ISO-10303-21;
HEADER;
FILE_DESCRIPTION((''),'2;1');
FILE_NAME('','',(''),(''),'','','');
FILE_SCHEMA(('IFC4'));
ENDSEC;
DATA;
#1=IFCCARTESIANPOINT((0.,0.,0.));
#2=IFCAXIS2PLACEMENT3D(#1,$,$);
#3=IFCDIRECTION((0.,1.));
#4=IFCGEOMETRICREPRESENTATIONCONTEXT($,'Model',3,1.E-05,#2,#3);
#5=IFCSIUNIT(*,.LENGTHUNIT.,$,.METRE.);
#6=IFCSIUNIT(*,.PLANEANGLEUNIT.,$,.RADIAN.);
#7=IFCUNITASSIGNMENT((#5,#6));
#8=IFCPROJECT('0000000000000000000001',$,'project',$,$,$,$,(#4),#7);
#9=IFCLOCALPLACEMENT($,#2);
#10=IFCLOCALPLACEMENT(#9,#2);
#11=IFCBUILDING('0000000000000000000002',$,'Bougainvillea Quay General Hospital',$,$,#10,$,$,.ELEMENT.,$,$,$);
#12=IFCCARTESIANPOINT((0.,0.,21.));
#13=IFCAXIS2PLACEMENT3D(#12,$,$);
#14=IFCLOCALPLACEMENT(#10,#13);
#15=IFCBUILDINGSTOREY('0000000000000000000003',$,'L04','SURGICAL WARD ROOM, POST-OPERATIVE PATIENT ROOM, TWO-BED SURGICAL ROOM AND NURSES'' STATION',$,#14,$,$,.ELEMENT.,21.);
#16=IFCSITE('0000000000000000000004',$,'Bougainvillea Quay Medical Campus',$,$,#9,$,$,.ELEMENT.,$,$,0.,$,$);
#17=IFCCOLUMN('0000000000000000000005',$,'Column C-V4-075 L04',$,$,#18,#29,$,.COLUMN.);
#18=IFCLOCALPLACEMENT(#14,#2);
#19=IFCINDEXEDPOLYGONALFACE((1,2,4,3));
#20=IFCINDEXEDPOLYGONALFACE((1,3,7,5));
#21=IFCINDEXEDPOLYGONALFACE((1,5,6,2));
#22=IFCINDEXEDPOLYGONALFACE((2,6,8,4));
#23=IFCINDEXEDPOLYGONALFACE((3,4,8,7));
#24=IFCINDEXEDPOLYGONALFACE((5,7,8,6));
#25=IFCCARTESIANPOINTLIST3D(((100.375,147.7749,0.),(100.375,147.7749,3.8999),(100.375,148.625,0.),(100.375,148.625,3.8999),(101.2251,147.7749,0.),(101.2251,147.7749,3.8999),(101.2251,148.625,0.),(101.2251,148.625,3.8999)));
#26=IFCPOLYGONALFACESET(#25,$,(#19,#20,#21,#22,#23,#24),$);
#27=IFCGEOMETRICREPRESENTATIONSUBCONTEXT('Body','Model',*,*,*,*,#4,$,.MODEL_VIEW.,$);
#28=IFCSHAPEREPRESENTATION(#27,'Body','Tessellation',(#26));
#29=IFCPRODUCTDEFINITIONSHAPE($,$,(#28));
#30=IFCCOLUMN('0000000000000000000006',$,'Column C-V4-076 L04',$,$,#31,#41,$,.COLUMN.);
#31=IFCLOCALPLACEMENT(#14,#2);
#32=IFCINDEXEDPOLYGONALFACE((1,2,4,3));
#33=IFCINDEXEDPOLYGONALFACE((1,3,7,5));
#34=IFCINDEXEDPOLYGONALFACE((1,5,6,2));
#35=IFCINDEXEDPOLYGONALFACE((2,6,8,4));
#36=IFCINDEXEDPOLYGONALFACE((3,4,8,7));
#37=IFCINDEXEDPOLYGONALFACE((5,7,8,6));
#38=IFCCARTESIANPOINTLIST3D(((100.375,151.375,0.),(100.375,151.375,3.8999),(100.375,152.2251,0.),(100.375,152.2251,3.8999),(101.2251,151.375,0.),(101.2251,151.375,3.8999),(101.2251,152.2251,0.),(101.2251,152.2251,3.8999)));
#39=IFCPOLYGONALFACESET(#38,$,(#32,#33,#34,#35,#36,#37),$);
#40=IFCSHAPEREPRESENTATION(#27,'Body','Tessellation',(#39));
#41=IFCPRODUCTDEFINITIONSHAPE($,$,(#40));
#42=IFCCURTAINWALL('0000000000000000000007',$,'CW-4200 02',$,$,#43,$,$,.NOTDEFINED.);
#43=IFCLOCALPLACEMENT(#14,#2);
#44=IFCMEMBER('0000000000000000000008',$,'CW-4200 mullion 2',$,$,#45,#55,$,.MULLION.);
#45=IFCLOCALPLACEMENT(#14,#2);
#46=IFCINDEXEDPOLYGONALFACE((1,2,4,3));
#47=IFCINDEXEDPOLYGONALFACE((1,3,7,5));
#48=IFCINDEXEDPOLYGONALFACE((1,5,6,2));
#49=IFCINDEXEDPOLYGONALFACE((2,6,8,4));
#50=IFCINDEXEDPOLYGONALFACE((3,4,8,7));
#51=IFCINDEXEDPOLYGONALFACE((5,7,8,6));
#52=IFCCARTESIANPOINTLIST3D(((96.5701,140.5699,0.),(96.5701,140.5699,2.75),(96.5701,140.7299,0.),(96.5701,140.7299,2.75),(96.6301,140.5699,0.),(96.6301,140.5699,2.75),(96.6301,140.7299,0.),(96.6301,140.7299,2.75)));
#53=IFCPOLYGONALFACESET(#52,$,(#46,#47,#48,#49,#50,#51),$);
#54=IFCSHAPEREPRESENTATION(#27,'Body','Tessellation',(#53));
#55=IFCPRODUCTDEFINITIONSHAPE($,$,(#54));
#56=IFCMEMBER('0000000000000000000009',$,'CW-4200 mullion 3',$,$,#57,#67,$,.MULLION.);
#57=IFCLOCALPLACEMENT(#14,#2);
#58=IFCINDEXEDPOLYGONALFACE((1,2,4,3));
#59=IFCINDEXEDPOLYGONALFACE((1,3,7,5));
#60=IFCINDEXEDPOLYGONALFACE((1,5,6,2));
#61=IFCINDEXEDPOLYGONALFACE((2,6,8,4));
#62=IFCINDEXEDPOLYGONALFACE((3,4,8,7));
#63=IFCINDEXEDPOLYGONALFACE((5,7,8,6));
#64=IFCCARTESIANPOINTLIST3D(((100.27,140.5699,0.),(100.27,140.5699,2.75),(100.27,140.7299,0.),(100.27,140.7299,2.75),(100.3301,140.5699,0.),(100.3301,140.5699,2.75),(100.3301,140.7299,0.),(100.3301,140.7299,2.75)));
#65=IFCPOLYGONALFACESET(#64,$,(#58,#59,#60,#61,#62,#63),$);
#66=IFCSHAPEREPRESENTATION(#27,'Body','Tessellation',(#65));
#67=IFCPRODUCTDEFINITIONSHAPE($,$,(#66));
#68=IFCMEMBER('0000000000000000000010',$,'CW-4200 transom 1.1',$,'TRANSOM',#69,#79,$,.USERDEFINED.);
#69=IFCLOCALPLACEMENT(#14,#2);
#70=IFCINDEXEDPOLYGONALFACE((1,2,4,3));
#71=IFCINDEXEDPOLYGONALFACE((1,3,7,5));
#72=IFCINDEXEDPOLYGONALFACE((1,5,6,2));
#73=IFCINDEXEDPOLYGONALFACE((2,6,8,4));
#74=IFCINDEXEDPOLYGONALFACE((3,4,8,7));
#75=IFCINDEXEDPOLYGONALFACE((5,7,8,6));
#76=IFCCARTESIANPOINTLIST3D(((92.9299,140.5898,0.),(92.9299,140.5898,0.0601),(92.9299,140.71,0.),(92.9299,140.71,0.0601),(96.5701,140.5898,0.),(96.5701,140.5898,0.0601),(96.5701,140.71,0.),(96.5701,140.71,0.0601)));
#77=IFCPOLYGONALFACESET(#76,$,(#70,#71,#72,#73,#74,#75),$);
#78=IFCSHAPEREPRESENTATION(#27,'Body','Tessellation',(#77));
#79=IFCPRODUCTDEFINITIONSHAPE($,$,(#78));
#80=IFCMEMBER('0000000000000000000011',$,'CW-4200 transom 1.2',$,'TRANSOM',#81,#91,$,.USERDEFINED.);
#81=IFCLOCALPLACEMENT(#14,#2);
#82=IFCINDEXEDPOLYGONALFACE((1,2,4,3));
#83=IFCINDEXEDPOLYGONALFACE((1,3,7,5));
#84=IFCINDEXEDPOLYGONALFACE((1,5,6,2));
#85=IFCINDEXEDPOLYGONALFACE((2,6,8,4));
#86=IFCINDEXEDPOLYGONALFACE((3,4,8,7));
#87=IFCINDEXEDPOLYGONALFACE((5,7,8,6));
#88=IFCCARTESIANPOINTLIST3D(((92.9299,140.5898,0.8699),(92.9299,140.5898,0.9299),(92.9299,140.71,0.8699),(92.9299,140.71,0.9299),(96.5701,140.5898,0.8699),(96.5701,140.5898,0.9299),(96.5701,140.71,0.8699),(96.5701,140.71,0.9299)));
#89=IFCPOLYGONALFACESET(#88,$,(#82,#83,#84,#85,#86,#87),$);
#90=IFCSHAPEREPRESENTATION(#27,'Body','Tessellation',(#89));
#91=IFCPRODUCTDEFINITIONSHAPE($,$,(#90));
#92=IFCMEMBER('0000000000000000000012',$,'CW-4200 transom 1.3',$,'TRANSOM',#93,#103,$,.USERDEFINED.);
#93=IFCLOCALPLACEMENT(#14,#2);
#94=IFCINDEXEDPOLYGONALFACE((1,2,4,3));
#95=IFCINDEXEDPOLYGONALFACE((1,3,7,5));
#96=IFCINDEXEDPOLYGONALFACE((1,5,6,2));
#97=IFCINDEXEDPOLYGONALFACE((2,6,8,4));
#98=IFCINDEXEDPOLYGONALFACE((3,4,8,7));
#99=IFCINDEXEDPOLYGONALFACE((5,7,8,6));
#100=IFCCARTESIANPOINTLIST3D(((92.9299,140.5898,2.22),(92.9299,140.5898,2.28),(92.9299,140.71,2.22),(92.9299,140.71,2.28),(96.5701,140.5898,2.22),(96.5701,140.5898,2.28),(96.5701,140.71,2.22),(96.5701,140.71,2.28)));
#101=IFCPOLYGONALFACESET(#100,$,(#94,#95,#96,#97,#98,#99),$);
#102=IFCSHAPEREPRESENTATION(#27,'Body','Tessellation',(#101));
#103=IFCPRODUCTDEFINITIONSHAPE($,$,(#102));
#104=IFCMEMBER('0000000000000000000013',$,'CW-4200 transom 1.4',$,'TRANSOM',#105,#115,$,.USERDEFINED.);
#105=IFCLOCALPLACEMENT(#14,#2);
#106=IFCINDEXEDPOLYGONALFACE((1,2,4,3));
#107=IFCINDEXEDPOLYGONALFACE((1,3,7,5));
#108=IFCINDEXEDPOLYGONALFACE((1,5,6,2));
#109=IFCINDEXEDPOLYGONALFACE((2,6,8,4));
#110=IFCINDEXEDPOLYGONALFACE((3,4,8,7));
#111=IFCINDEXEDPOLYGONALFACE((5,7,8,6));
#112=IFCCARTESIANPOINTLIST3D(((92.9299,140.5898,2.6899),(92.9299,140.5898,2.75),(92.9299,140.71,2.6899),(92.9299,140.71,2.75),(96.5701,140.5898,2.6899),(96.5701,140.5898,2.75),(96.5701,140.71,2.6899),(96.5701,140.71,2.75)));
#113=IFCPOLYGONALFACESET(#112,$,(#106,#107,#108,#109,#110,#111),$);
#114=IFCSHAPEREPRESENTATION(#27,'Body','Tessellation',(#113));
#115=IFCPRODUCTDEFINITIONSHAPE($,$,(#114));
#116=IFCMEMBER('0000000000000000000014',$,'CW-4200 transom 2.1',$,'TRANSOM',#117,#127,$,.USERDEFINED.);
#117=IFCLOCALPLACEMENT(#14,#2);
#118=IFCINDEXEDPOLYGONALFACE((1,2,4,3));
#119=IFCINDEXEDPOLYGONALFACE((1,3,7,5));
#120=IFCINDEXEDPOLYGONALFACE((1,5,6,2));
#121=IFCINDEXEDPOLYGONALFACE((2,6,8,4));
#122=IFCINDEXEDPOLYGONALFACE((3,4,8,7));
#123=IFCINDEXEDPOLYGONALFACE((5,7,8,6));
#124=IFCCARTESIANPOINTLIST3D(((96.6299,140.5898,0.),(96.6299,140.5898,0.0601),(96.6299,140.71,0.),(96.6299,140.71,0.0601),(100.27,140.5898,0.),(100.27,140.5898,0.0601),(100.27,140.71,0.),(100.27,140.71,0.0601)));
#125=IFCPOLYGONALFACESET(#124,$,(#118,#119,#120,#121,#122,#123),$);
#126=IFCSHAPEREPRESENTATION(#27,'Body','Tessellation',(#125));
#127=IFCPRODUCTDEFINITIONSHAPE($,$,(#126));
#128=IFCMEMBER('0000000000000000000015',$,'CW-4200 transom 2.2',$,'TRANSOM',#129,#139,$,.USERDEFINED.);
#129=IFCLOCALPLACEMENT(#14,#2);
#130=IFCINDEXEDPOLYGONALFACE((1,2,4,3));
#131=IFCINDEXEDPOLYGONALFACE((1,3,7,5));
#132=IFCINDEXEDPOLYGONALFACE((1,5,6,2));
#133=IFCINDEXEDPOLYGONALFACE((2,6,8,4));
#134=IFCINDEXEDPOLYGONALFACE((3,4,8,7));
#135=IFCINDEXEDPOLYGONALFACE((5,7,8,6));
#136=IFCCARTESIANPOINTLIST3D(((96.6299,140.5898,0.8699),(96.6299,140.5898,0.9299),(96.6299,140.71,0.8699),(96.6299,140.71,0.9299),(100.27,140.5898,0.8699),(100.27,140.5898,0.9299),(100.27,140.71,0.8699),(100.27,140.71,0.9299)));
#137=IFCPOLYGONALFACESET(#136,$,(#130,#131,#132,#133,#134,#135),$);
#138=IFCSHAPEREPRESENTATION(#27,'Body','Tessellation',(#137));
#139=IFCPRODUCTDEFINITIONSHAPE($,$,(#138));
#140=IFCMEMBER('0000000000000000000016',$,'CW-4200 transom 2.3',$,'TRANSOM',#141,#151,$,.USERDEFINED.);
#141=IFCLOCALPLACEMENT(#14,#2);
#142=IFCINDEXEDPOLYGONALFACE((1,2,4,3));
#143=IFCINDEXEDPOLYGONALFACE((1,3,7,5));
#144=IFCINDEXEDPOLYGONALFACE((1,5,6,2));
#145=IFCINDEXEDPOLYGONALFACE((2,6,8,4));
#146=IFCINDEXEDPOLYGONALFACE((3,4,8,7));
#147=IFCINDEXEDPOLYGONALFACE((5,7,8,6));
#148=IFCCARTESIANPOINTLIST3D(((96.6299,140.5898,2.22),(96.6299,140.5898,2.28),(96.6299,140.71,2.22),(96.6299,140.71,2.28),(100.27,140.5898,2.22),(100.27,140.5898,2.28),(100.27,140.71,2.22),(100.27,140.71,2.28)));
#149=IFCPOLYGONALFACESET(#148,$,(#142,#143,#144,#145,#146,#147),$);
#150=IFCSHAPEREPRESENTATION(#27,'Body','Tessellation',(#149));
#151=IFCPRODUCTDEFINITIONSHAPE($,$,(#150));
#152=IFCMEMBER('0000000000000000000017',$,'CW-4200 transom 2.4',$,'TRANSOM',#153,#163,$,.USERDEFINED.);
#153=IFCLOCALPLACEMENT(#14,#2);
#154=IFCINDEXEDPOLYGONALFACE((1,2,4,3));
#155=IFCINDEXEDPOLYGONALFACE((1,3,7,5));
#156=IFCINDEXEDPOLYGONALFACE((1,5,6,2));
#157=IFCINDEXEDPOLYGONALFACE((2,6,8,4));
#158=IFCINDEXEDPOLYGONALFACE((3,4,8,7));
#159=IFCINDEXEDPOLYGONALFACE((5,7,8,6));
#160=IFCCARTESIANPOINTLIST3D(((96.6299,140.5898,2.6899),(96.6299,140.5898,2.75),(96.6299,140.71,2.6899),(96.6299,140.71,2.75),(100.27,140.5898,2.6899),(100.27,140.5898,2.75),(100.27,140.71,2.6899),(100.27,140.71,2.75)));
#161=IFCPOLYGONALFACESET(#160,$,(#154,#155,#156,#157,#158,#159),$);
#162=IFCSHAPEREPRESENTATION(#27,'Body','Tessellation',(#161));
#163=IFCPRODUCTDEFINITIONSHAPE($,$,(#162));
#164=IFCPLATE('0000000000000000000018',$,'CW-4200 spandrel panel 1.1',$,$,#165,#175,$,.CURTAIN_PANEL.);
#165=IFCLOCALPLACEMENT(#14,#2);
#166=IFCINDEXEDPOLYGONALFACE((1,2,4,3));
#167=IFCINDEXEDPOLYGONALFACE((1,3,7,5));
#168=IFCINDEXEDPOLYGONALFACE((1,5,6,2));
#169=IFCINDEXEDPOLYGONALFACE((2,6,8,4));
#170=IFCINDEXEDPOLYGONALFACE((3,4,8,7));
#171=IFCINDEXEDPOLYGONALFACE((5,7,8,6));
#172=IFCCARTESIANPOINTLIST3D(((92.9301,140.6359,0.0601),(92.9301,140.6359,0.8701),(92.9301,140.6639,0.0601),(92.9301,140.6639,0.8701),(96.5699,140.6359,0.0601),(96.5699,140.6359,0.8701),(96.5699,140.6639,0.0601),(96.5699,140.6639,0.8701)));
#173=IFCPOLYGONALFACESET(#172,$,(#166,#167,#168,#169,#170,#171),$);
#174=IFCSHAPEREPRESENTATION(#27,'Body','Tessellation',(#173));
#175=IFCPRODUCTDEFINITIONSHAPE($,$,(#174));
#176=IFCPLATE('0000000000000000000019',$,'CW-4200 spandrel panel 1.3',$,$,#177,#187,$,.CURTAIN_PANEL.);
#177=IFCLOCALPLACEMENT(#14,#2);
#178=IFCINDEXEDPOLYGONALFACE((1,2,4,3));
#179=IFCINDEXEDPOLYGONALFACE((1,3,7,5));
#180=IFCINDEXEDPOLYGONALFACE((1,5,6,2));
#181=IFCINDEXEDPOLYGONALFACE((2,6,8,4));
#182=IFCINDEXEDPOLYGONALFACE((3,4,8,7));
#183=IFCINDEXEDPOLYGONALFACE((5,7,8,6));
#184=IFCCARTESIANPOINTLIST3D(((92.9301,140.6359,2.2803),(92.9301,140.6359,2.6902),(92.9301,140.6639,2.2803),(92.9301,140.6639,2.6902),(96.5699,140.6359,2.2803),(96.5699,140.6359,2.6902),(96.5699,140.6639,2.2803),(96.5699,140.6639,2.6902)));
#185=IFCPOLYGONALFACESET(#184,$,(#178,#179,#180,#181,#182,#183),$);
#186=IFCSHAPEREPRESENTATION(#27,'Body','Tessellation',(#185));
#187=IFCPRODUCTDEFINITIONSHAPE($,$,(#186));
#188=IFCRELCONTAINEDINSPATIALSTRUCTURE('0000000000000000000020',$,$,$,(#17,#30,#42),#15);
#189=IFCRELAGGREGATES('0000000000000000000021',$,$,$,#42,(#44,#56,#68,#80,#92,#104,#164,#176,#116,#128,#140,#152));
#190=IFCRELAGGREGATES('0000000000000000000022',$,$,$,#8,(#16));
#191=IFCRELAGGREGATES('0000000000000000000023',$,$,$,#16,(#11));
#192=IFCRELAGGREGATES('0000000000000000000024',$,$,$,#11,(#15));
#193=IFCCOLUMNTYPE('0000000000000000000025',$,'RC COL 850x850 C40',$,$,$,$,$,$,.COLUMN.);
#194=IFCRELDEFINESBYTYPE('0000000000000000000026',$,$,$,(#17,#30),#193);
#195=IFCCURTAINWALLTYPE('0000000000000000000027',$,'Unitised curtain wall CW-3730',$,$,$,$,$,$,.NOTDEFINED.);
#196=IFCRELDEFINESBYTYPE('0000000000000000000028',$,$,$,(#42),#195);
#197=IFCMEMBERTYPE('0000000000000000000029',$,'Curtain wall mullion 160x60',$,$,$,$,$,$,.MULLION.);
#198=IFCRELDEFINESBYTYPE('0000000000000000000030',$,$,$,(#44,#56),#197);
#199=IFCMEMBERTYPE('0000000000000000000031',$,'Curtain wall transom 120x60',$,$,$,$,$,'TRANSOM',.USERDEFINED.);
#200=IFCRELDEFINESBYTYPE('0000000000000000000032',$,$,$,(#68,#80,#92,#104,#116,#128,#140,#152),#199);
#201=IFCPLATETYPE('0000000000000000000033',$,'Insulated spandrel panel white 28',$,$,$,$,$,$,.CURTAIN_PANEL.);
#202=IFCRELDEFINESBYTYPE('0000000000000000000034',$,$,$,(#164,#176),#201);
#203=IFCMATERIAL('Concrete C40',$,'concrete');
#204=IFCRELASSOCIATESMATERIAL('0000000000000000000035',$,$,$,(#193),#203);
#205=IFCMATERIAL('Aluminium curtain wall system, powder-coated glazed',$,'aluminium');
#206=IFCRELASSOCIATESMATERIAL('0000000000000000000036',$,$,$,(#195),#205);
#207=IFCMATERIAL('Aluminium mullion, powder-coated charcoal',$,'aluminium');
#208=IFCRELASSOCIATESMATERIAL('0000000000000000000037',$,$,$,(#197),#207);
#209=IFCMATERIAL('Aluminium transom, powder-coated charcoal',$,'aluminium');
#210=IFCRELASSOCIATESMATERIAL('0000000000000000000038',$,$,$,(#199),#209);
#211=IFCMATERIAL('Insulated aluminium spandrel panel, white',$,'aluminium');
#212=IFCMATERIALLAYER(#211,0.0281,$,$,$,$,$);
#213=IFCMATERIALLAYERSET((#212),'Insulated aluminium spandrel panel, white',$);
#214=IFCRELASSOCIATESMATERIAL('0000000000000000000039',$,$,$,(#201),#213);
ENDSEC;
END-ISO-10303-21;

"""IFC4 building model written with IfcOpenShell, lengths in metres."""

from ifc_helpers import new_model, si_unit, direction, frame, origin, origin_2d, place, context, subcontext, project, spatial, rectangle, extrude, material, layer, layer_set, material_profile, profile_set, type_object, element, aggregate, save


model = new_model("IFC4")

# Units and contexts
model_context = context("Model", 3, precision=1e-05, world=origin(), true_north=direction((0.0, 1.0)))
body_context = subcontext(model_context, "Body", "Model", "MODEL_VIEW")
ifc_project = project(units=[si_unit("LENGTHUNIT", "METRE"), si_unit("PLANEANGLEUNIT", "RADIAN")], contexts=[model_context])

# Site, building, storey
site_placement = place(None, origin())
site = spatial("IfcSite", under=ifc_project, at=site_placement, Name="Bougainvillea Quay Medical Campus", CompositionType="ELEMENT", RefElevation=0.0)
building_placement = place(site_placement, origin())
building = spatial("IfcBuilding", under=site, at=building_placement, Name="Bougainvillea Quay General Hospital", CompositionType="ELEMENT")
storey_placement = place(building_placement, frame((0.0, 0.0, 21.0)))
storey = spatial("IfcBuildingStorey", under=building, at=storey_placement, Name="L04", Description="SURGICAL WARD ROOM, POST-OPERATIVE PATIENT ROOM, TWO-BED SURGICAL ROOM AND NURSES' STATION", CompositionType="ELEMENT", Elevation=21.0)

# Columns
ifc_material_1 = material(Name="Concrete C40", Category="concrete")
ifc_material_profile_1 = material_profile(ifc_material_1, rectangle(XDim=0.8501, YDim=0.8501, at=origin_2d()))
ifc_profile_set_1 = profile_set([ifc_material_profile_1], Name="Concrete C40")
column_type = type_object("IfcColumnType", Name="RC COL 850x850 C40", PredefinedType="COLUMN", material=ifc_profile_set_1)
for number, where, z_axis, x_axis, name in (
    (1, (100.8, 148.2, 0.0), (0.0, 0.0, 1.0), (1.0, 0.0, 0.0), "Column C-V4-075 L04"),
    (2, (100.8, 151.8, 0.0), (0.0, 0.0, 1.0), (1.0, 0.0, 0.0), "Column C-V4-076 L04"),
):
    element("IfcColumn", number, at=place(storey_placement, frame(where, z_axis=z_axis, x_axis=x_axis)), inside=storey, type_object=column_type, Name=name, PredefinedType="COLUMN", context=body_context, shape_type="SweptSolid", body=[
        extrude(rectangle(XDim=0.8501, YDim=0.8501, at=origin_2d()), origin(), (0.0, 0.0, 1.0), 3.8999),
    ])

# Curtain wall, members, plates
ifc_material_2 = material(Name="Aluminium curtain wall system, powder-coated glazed", Category="aluminium")
curtain_wall_type = type_object("IfcCurtainWallType", Name="Unitised curtain wall CW-3730", PredefinedType="NOTDEFINED", material=ifc_material_2)
curtain_wall_placement = place(storey_placement, origin())
curtain_wall = element("IfcCurtainWall", 3, at=curtain_wall_placement, inside=storey, type_object=curtain_wall_type, Name="CW-4200 02", PredefinedType="NOTDEFINED")
ifc_material_3 = material(Name="Aluminium mullion, powder-coated charcoal", Category="aluminium")
ifc_material_profile_2 = material_profile(ifc_material_3, rectangle(XDim=0.1599, YDim=0.0601, at=origin_2d()))
ifc_profile_set_2 = profile_set([ifc_material_profile_2], Name="Aluminium mullion, powder-coated charcoal")
member_type_1 = type_object("IfcMemberType", Name="Curtain wall mullion 160x60", PredefinedType="MULLION", material=ifc_profile_set_2)
member_1_placement = place(storey_placement, frame((96.6001, 140.6499, 0.0), z_axis=(0.0, 0.0, 1.0), x_axis=(0.0, 1.0, 0.0)))
member_1 = element("IfcMember", 4, at=member_1_placement, type_object=member_type_1, Name="CW-4200 mullion 2", PredefinedType="MULLION", context=body_context, shape_type="SweptSolid", body=[
    extrude(rectangle(XDim=0.1599, YDim=0.0601, at=origin_2d()), origin(), (0.0, 0.0, 1.0), 2.75),
])
member_2_placement = place(storey_placement, frame((100.3, 140.6499, 0.0), z_axis=(0.0, 0.0, 1.0), x_axis=(0.0, 1.0, 0.0)))
member_2 = element("IfcMember", 5, at=member_2_placement, type_object=member_type_1, Name="CW-4200 mullion 3", PredefinedType="MULLION", context=body_context, shape_type="SweptSolid", body=[
    extrude(rectangle(XDim=0.1599, YDim=0.0601, at=origin_2d()), origin(), (0.0, 0.0, 1.0), 2.75),
])
ifc_material_4 = material(Name="Aluminium transom, powder-coated charcoal", Category="aluminium")
ifc_material_profile_3 = material_profile(ifc_material_4, rectangle(XDim=0.1201, YDim=0.0601, at=origin_2d()))
ifc_profile_set_3 = profile_set([ifc_material_profile_3], Name="Aluminium transom, powder-coated charcoal")
member_type_2 = type_object("IfcMemberType", Name="Curtain wall transom 120x60", ElementType="TRANSOM", PredefinedType="USERDEFINED", material=ifc_profile_set_3)
member_3_placement = place(storey_placement, frame((92.9299, 140.6499, 0.03), z_axis=(1.0, 0.0, 0.0), x_axis=(0.0, 1.0, 0.0)))
member_3 = element("IfcMember", 6, at=member_3_placement, type_object=member_type_2, Name="CW-4200 transom 1.1", ObjectType="TRANSOM", PredefinedType="USERDEFINED", context=body_context, shape_type="SweptSolid", body=[
    extrude(rectangle(XDim=0.1201, YDim=0.0601, at=origin_2d()), origin(), (0.0, 0.0, 1.0), 3.6401),
])
member_4_placement = place(storey_placement, frame((92.9299, 140.6499, 0.8999), z_axis=(1.0, 0.0, 0.0), x_axis=(0.0, 1.0, 0.0)))
member_4 = element("IfcMember", 7, at=member_4_placement, type_object=member_type_2, Name="CW-4200 transom 1.2", ObjectType="TRANSOM", PredefinedType="USERDEFINED", context=body_context, shape_type="SweptSolid", body=[
    extrude(rectangle(XDim=0.1201, YDim=0.0601, at=origin_2d()), origin(), (0.0, 0.0, 1.0), 3.6401),
])
member_5_placement = place(storey_placement, frame((92.9299, 140.6499, 2.25), z_axis=(1.0, 0.0, 0.0), x_axis=(0.0, 1.0, 0.0)))
member_5 = element("IfcMember", 8, at=member_5_placement, type_object=member_type_2, Name="CW-4200 transom 1.3", ObjectType="TRANSOM", PredefinedType="USERDEFINED", context=body_context, shape_type="SweptSolid", body=[
    extrude(rectangle(XDim=0.1201, YDim=0.0601, at=origin_2d()), origin(), (0.0, 0.0, 1.0), 3.6401),
])
member_6_placement = place(storey_placement, frame((92.9299, 140.6499, 2.72), z_axis=(1.0, 0.0, 0.0), x_axis=(0.0, 1.0, 0.0)))
member_6 = element("IfcMember", 9, at=member_6_placement, type_object=member_type_2, Name="CW-4200 transom 1.4", ObjectType="TRANSOM", PredefinedType="USERDEFINED", context=body_context, shape_type="SweptSolid", body=[
    extrude(rectangle(XDim=0.1201, YDim=0.0601, at=origin_2d()), origin(), (0.0, 0.0, 1.0), 3.6401),
])
member_7_placement = place(storey_placement, frame((96.6299, 140.6499, 0.03), z_axis=(1.0, 0.0, 0.0), x_axis=(0.0, 1.0, 0.0)))
member_7 = element("IfcMember", 10, at=member_7_placement, type_object=member_type_2, Name="CW-4200 transom 2.1", ObjectType="TRANSOM", PredefinedType="USERDEFINED", context=body_context, shape_type="SweptSolid", body=[
    extrude(rectangle(XDim=0.1201, YDim=0.0601, at=origin_2d()), origin(), (0.0, 0.0, 1.0), 3.6401),
])
member_8_placement = place(storey_placement, frame((96.6299, 140.6499, 0.8999), z_axis=(1.0, 0.0, 0.0), x_axis=(0.0, 1.0, 0.0)))
member_8 = element("IfcMember", 11, at=member_8_placement, type_object=member_type_2, Name="CW-4200 transom 2.2", ObjectType="TRANSOM", PredefinedType="USERDEFINED", context=body_context, shape_type="SweptSolid", body=[
    extrude(rectangle(XDim=0.1201, YDim=0.0601, at=origin_2d()), origin(), (0.0, 0.0, 1.0), 3.6401),
])
member_9_placement = place(storey_placement, frame((96.6299, 140.6499, 2.25), z_axis=(1.0, 0.0, 0.0), x_axis=(0.0, 1.0, 0.0)))
member_9 = element("IfcMember", 12, at=member_9_placement, type_object=member_type_2, Name="CW-4200 transom 2.3", ObjectType="TRANSOM", PredefinedType="USERDEFINED", context=body_context, shape_type="SweptSolid", body=[
    extrude(rectangle(XDim=0.1201, YDim=0.0601, at=origin_2d()), origin(), (0.0, 0.0, 1.0), 3.6401),
])
member_10_placement = place(storey_placement, frame((96.6299, 140.6499, 2.72), z_axis=(1.0, 0.0, 0.0), x_axis=(0.0, 1.0, 0.0)))
member_10 = element("IfcMember", 13, at=member_10_placement, type_object=member_type_2, Name="CW-4200 transom 2.4", ObjectType="TRANSOM", PredefinedType="USERDEFINED", context=body_context, shape_type="SweptSolid", body=[
    extrude(rectangle(XDim=0.1201, YDim=0.0601, at=origin_2d()), origin(), (0.0, 0.0, 1.0), 3.6401),
])
ifc_material_5 = material(Name="Insulated aluminium spandrel panel, white", Category="aluminium")
ifc_layer_1 = layer(ifc_material_5, 0.0281)
ifc_layer_set_1 = layer_set([ifc_layer_1], Name="Insulated aluminium spandrel panel, white")
plate_type_1 = type_object("IfcPlateType", Name="Insulated spandrel panel white 28", PredefinedType="CURTAIN_PANEL", material=ifc_layer_set_1)
plate_1_placement = place(storey_placement, frame((94.75, 140.6499, 0.0601), z_axis=(0.0, 0.0, 1.0), x_axis=(1.0, 0.0, 0.0)))
plate_1 = element("IfcPlate", 14, at=plate_1_placement, type_object=plate_type_1, Name="CW-4200 spandrel panel 1.1", PredefinedType="CURTAIN_PANEL", context=body_context, shape_type="SweptSolid", body=[
    extrude(rectangle(XDim=3.6399, YDim=0.0281, at=origin_2d()), origin(), (0.0, 0.0, 1.0), 0.8101),
])
plate_2_placement = place(storey_placement, frame((94.75, 140.6499, 2.2803), z_axis=(0.0, 0.0, 1.0), x_axis=(1.0, 0.0, 0.0)))
plate_2 = element("IfcPlate", 15, at=plate_2_placement, type_object=plate_type_1, Name="CW-4200 spandrel panel 1.3", PredefinedType="CURTAIN_PANEL", context=body_context, shape_type="SweptSolid", body=[
    extrude(rectangle(XDim=3.6399, YDim=0.0281, at=origin_2d()), origin(), (0.0, 0.0, 1.0), 0.4099),
])
aggregate(curtain_wall, [member_1, member_2, member_3, member_4, member_5, member_6, plate_1, plate_2, member_7, member_8, member_9, member_10])

save(model, "model.ifc")
